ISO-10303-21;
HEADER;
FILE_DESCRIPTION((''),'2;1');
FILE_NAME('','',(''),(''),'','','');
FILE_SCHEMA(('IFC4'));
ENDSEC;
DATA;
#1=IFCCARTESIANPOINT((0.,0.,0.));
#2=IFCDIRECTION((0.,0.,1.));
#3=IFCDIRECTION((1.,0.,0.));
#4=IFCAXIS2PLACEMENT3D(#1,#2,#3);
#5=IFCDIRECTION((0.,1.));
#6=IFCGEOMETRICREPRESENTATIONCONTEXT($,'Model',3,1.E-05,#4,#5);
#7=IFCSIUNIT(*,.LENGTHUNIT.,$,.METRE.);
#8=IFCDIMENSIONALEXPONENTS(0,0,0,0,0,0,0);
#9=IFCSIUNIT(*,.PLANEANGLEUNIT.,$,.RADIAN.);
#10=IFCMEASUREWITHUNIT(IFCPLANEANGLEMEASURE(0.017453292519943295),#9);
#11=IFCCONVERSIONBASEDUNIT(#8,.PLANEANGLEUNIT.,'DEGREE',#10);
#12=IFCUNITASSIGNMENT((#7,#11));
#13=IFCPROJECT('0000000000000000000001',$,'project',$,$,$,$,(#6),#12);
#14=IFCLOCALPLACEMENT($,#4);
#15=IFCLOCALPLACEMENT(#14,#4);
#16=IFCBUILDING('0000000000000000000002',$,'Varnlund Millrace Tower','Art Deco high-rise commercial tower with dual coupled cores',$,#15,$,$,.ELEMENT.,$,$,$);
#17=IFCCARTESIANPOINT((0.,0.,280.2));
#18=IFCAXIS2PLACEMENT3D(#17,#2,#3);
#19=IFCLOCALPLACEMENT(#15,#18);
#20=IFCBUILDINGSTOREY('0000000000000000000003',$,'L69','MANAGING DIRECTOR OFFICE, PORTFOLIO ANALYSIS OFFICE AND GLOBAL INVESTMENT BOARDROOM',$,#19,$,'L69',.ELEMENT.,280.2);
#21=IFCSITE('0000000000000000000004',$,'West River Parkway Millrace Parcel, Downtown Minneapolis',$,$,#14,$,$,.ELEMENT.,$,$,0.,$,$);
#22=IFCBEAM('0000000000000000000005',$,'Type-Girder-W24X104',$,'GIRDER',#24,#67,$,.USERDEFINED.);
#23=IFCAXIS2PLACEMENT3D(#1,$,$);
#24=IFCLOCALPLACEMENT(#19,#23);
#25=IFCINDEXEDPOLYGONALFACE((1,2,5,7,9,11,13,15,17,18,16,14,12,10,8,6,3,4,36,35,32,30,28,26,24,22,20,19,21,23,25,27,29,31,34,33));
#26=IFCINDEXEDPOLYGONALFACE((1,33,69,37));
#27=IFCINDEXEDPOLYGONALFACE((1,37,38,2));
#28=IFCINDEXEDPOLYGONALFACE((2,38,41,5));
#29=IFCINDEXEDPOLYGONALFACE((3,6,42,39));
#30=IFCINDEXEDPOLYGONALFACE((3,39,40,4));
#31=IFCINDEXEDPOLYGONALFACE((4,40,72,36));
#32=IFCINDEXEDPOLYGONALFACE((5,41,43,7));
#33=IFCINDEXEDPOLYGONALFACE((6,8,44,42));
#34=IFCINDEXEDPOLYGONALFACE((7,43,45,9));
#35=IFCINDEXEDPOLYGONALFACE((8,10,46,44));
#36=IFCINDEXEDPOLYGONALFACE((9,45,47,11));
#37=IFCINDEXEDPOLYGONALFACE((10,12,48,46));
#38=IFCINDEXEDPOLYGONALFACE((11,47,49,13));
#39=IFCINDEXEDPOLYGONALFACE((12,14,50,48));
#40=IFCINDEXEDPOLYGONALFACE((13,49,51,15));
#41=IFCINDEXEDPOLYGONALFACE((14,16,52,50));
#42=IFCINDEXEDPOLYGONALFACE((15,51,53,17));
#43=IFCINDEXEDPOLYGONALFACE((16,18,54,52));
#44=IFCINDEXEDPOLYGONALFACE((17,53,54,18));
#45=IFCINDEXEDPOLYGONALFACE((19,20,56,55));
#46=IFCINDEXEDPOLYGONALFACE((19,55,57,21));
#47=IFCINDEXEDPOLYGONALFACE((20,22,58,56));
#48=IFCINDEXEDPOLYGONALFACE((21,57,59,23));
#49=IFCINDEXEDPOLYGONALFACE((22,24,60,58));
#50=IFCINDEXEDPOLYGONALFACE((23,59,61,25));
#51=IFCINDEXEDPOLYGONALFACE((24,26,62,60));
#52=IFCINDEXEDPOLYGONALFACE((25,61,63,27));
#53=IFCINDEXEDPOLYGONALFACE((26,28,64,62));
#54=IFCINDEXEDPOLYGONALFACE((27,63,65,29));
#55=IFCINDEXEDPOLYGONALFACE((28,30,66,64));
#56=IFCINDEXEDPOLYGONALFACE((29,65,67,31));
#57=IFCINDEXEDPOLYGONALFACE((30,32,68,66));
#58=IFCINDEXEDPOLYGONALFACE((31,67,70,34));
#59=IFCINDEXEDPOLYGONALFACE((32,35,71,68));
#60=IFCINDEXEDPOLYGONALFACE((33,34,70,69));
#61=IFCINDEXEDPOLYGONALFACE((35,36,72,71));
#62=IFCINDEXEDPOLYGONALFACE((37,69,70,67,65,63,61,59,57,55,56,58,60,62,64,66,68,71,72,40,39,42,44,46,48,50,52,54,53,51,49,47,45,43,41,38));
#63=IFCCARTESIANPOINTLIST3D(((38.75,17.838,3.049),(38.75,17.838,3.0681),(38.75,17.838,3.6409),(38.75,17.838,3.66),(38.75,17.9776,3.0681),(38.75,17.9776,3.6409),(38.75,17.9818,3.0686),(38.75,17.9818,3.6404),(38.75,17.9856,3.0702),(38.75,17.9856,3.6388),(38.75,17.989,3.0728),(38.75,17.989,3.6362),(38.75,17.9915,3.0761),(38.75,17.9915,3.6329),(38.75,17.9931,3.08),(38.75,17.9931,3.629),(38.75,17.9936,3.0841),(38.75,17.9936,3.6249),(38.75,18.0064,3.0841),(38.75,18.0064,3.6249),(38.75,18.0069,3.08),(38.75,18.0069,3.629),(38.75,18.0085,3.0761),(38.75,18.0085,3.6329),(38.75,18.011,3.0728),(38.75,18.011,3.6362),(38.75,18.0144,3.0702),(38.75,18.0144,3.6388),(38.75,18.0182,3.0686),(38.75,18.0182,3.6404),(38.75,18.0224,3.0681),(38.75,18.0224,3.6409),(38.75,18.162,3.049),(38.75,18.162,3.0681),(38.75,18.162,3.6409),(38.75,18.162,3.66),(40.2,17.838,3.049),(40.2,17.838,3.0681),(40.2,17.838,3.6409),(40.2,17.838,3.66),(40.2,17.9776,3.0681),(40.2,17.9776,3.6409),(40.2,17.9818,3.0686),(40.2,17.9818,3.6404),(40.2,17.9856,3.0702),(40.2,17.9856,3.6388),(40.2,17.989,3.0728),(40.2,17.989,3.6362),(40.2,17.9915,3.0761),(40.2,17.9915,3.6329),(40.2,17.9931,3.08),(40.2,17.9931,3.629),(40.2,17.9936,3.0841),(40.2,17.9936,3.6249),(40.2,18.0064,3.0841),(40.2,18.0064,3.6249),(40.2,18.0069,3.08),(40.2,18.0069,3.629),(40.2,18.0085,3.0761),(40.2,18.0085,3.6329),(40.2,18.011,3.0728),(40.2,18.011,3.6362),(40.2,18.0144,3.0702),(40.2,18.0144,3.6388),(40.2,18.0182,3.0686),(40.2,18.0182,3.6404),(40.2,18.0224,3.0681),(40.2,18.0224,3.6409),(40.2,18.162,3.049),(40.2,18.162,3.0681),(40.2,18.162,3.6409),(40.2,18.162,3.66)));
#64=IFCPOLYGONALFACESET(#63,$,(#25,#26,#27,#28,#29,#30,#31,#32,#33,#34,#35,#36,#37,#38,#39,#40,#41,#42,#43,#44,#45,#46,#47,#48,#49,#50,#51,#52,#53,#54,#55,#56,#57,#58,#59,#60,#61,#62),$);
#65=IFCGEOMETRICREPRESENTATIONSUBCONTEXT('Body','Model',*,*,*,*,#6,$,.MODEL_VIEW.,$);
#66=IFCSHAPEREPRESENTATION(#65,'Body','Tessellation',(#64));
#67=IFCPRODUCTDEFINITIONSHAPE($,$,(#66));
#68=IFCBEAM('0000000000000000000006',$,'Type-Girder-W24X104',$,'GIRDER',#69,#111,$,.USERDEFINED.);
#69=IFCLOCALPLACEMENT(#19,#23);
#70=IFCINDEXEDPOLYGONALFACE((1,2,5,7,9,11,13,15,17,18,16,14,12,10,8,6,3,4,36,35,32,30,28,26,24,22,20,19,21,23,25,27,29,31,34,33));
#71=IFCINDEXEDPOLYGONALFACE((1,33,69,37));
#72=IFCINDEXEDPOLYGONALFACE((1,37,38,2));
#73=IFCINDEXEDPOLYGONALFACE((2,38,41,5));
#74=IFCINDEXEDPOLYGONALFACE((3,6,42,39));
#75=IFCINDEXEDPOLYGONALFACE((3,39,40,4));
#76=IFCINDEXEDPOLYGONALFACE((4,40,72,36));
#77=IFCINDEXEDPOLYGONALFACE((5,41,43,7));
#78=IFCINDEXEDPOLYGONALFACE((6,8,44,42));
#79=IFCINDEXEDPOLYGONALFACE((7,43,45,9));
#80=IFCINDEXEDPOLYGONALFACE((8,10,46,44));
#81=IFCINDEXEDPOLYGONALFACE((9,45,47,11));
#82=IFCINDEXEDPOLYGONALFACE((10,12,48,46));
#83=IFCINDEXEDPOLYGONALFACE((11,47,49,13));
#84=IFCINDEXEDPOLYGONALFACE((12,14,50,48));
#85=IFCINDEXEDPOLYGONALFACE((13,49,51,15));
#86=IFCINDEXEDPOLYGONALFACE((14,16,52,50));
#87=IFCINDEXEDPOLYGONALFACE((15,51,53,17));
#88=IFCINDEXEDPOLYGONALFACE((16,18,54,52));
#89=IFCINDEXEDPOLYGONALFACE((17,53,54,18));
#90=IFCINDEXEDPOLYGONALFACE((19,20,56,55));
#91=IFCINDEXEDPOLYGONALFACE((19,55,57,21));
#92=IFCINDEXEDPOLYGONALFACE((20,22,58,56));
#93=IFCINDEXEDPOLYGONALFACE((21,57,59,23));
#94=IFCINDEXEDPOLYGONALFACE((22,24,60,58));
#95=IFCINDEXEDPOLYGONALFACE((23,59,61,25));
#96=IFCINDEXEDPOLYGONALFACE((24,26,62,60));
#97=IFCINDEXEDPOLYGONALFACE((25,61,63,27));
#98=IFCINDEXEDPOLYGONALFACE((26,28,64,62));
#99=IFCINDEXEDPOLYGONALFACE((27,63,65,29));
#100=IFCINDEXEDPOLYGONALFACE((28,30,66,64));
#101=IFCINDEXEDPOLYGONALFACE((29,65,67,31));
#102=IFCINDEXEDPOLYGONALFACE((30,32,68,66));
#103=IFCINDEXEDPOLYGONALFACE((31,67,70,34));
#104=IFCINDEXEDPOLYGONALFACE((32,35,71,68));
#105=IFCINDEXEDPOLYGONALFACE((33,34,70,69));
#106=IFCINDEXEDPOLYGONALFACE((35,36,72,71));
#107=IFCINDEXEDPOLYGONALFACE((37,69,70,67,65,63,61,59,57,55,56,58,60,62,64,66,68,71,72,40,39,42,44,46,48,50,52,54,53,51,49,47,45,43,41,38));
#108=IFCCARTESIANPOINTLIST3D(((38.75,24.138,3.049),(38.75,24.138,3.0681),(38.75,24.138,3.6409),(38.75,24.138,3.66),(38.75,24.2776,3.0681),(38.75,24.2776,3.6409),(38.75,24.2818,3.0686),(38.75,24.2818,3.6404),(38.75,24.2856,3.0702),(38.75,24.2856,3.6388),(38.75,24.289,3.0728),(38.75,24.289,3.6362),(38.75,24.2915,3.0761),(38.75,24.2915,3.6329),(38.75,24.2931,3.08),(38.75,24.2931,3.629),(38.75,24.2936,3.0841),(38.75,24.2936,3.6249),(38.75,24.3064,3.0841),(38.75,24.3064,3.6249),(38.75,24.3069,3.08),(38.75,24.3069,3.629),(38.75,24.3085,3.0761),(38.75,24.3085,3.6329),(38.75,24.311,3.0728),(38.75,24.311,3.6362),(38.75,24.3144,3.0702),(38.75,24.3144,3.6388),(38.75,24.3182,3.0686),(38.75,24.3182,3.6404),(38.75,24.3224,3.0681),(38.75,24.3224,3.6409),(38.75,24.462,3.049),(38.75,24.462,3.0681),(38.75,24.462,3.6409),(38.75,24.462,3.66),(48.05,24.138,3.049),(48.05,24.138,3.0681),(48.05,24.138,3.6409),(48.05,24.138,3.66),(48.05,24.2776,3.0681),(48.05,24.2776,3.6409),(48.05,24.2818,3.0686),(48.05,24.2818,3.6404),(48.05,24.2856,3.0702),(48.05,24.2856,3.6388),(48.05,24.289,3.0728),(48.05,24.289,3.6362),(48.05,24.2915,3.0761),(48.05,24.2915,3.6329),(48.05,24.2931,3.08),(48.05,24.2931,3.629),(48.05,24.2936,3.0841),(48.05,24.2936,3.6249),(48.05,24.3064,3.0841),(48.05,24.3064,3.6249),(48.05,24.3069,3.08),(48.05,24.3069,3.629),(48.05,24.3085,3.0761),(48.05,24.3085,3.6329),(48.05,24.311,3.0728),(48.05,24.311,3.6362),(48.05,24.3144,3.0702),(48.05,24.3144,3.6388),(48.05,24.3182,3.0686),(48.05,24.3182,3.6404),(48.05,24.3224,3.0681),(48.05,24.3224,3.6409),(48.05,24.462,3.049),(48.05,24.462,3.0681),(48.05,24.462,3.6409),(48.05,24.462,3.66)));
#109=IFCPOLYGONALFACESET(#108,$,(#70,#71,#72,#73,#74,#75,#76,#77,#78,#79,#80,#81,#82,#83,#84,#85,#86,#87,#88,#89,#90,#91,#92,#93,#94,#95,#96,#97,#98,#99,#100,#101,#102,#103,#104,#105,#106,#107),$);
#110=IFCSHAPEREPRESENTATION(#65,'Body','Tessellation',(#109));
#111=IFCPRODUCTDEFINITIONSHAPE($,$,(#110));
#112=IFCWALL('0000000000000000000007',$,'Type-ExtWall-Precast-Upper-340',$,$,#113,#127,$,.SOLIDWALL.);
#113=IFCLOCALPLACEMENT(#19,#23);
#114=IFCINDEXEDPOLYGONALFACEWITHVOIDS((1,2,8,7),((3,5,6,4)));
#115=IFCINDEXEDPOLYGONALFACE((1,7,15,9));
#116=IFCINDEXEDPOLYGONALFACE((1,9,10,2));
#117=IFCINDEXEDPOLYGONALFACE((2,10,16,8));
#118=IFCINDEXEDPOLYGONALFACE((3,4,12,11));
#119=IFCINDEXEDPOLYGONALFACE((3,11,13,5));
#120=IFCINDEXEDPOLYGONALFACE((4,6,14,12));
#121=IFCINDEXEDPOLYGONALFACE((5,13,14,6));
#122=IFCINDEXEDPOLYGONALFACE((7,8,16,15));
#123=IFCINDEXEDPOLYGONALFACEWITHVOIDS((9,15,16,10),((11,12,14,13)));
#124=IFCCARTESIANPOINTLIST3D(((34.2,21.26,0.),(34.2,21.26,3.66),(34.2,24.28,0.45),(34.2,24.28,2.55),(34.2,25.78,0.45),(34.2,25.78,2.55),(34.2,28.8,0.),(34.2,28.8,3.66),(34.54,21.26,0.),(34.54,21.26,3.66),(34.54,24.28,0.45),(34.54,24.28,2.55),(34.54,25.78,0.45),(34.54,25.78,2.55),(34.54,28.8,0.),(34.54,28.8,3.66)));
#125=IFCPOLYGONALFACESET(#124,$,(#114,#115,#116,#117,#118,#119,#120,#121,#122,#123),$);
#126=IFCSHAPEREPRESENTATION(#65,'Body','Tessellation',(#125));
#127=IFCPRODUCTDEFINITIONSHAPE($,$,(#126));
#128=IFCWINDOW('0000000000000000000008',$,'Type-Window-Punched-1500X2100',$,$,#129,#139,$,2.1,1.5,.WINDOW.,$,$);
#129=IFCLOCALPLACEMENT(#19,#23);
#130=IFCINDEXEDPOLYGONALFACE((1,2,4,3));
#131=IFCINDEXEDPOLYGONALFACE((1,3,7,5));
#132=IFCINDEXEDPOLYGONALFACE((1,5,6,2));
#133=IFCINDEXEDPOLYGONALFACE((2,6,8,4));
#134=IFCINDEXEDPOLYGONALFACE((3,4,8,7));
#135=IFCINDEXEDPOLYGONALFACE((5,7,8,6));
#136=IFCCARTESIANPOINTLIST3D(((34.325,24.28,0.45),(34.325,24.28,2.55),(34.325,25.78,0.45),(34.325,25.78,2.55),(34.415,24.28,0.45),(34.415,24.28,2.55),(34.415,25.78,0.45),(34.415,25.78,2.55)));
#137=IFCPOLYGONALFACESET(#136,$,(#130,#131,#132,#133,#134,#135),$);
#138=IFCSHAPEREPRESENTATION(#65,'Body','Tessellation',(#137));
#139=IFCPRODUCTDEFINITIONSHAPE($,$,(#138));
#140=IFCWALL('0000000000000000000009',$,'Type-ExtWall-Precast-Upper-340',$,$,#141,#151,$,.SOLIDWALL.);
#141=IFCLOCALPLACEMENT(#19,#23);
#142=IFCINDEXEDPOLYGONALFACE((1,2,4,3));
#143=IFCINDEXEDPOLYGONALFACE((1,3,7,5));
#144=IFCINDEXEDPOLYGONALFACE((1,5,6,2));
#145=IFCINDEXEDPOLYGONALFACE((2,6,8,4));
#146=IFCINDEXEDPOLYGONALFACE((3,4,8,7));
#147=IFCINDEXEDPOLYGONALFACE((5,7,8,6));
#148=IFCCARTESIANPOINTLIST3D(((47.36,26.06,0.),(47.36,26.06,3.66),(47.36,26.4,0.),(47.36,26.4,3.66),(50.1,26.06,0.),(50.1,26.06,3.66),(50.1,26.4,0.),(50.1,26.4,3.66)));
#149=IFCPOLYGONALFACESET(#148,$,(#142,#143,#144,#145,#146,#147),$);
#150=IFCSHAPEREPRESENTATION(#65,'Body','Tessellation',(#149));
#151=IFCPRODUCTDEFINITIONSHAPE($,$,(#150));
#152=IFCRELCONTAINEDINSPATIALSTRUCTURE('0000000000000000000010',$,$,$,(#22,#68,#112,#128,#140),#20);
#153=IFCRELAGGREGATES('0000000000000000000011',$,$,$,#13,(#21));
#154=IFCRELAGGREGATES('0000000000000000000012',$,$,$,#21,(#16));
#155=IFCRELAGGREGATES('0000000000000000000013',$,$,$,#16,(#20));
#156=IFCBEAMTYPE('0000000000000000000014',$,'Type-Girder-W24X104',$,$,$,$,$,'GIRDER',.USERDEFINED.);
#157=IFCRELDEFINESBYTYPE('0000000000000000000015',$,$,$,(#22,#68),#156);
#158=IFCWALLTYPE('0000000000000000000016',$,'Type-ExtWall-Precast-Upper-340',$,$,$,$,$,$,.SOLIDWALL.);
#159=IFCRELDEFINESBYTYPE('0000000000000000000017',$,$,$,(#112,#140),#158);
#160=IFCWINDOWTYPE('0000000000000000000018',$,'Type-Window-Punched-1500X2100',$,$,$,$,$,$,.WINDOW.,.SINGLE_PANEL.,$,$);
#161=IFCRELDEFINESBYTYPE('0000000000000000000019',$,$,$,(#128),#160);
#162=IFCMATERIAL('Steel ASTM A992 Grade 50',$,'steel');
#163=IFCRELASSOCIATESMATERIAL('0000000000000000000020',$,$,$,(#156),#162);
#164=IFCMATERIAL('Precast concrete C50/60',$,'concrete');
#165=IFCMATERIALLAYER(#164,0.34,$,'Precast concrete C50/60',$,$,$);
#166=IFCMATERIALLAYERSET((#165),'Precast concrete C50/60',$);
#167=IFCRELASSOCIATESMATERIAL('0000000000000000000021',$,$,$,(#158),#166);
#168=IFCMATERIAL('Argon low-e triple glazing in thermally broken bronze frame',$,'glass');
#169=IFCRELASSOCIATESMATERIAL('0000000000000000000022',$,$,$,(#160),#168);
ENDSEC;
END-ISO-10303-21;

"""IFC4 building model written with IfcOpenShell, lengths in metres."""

from ifc_helpers import new_model, entity, si_unit, converted_unit, direction, frame, origin_with_axes, origin_2d_with_axis, place, context, subcontext, project, spatial, polyline, rectangle, i_section, outline, extrude, material, layer, layer_set, material_profile, profile_set, type_object, element, fill, save


model = new_model("IFC4")

# Units and contexts
model_context = context("Model", 3, precision=1e-05, world=origin_with_axes(), true_north=direction((0.0, 1.0)))
body_context = subcontext(model_context, "Body", "Model", "MODEL_VIEW")
ifc_project = project(units=[si_unit("LENGTHUNIT", "METRE"), converted_unit("PLANEANGLEUNIT", "DEGREE", entity("IfcPlaneAngleMeasure", 0.017453292519943295), si_unit("PLANEANGLEUNIT", "RADIAN"), dimensions=[0, 0, 0, 0, 0, 0, 0])], contexts=[model_context])

# Site, building, storey
site_placement = place(None, origin_with_axes())
site = spatial("IfcSite", under=ifc_project, at=site_placement, Name="West River Parkway Millrace Parcel, Downtown Minneapolis", CompositionType="ELEMENT", RefElevation=0.0)
building_placement = place(site_placement, origin_with_axes())
building = spatial("IfcBuilding", under=site, at=building_placement, Name="Varnlund Millrace Tower", Description="Art Deco high-rise commercial tower with dual coupled cores", CompositionType="ELEMENT")
storey_placement = place(building_placement, frame((0.0, 0.0, 280.2), z_axis=(0.0, 0.0, 1.0), x_axis=(1.0, 0.0, 0.0)))
storey = spatial("IfcBuildingStorey", under=building, at=storey_placement, Name="L69", Description="MANAGING DIRECTOR OFFICE, PORTFOLIO ANALYSIS OFFICE AND GLOBAL INVESTMENT BOARDROOM", LongName="L69", CompositionType="ELEMENT", Elevation=280.2)

# Beams
ifc_material_1 = material(Name="Steel ASTM A992 Grade 50", Category="steel")
ifc_material_profile_1 = material_profile(ifc_material_1, i_section(OverallWidth=0.324, OverallDepth=0.611, WebThickness=0.0127, FlangeThickness=0.0191, FilletRadius=0.016, at=origin_2d_with_axis()), Name="Steel ASTM A992 Grade 50")
ifc_profile_set_1 = profile_set([ifc_material_profile_1], Name="Steel ASTM A992 Grade 50")
beam_type_1 = type_object("IfcBeamType", Name="Type-Girder-W24X104", ElementType="GIRDER", PredefinedType="USERDEFINED", material=ifc_profile_set_1)
beam_1_placement = place(storey_placement, frame((38.75, 18.0, 3.3545), z_axis=(1.0, 0.0, 0.0), x_axis=(0.0, 1.0, 0.0)))
element("IfcBeam", 1, at=beam_1_placement, inside=storey, type_object=beam_type_1, Name="Type-Girder-W24X104", ObjectType="GIRDER", PredefinedType="USERDEFINED", context=body_context, shape_type="SweptSolid", body=[
    extrude(i_section(OverallWidth=0.324, OverallDepth=0.611, WebThickness=0.0127, FlangeThickness=0.0191, FilletRadius=0.016, at=origin_2d_with_axis()), origin_with_axes(), (0.0, 0.0, 1.0), 1.45),
])
beam_2_placement = place(storey_placement, frame((38.75, 24.3, 3.3545), z_axis=(1.0, 0.0, 0.0), x_axis=(0.0, 1.0, 0.0)))
element("IfcBeam", 2, at=beam_2_placement, inside=storey, type_object=beam_type_1, Name="Type-Girder-W24X104", ObjectType="GIRDER", PredefinedType="USERDEFINED", context=body_context, shape_type="SweptSolid", body=[
    extrude(i_section(OverallWidth=0.324, OverallDepth=0.611, WebThickness=0.0127, FlangeThickness=0.0191, FilletRadius=0.016, at=origin_2d_with_axis()), origin_with_axes(), (0.0, 0.0, 1.0), 9.3),
])

# Wall, opening, window
ifc_material_2 = material(Name="Precast concrete C50/60", Category="concrete")
ifc_layer_1 = layer(ifc_material_2, 0.34, Name="Precast concrete C50/60")
ifc_layer_set_1 = layer_set([ifc_layer_1], Name="Precast concrete C50/60")
wall_type_1 = type_object("IfcWallType", Name="Type-ExtWall-Precast-Upper-340", PredefinedType="SOLIDWALL", material=ifc_layer_set_1)
wall_1_placement = place(storey_placement, frame((34.37, 21.26, 0.0), z_axis=(0.0, 0.0, 1.0), x_axis=(0.0, 1.0, 0.0)))
wall_1 = element("IfcWall", 3, at=wall_1_placement, inside=storey, type_object=wall_type_1, Name="Type-ExtWall-Precast-Upper-340", PredefinedType="SOLIDWALL", context=body_context, shape_type="SweptSolid", body=[
    extrude(outline(polyline([(0.0, -0.17), (7.54, -0.17), (7.54, 0.17), (0.0, 0.17), (0.0, -0.17)])), origin_with_axes(), (0.0, 0.0, 1.0), 3.66),
])
opening_1_placement = place(wall_1_placement, frame((3.77, 0.0, 0.45), z_axis=(0.0, 0.0, 1.0), x_axis=(1.0, 0.0, 0.0)))
opening_1 = element("IfcOpeningElement", 4, at=opening_1_placement, cuts=wall_1, PredefinedType="OPENING", context=body_context, shape_type="SweptSolid", body=[
    extrude(rectangle(XDim=1.5, YDim=0.36, at=origin_2d_with_axis()), origin_with_axes(), (0.0, 0.0, 1.0), 2.1),
])
ifc_material_3 = material(Name="Argon low-e triple glazing in thermally broken bronze frame", Category="glass")
window_type = type_object("IfcWindowType", Name="Type-Window-Punched-1500X2100", PartitioningType="SINGLE_PANEL", PredefinedType="WINDOW", material=ifc_material_3)
window_1_placement = place(wall_1_placement, frame((3.77, 0.0, 0.45), z_axis=(0.0, 0.0, 1.0), x_axis=(1.0, 0.0, 0.0)))
window_1 = element("IfcWindow", 5, at=window_1_placement, inside=storey, type_object=window_type, Name="Type-Window-Punched-1500X2100", OverallHeight=2.1, OverallWidth=1.5, PredefinedType="WINDOW", context=body_context, shape_type="SweptSolid", body=[
    extrude(rectangle(XDim=1.5, YDim=0.09, at=origin_2d_with_axis()), origin_with_axes(), (0.0, 0.0, 1.0), 2.1),
])
fill(opening_1, window_1)

# Wall
wall_2_placement = place(storey_placement, frame((47.36, 26.23, 0.0), z_axis=(0.0, 0.0, 1.0), x_axis=(1.0, 0.0, 0.0)))
element("IfcWall", 6, at=wall_2_placement, inside=storey, type_object=wall_type_1, Name="Type-ExtWall-Precast-Upper-340", PredefinedType="SOLIDWALL", context=body_context, shape_type="SweptSolid", body=[
    extrude(outline(polyline([(0.0, -0.17), (2.74, -0.17), (2.74, 0.17), (0.0, 0.17), (0.0, -0.17)])), origin_with_axes(), (0.0, 0.0, 1.0), 3.66),
])

save(model, "model.ifc")
